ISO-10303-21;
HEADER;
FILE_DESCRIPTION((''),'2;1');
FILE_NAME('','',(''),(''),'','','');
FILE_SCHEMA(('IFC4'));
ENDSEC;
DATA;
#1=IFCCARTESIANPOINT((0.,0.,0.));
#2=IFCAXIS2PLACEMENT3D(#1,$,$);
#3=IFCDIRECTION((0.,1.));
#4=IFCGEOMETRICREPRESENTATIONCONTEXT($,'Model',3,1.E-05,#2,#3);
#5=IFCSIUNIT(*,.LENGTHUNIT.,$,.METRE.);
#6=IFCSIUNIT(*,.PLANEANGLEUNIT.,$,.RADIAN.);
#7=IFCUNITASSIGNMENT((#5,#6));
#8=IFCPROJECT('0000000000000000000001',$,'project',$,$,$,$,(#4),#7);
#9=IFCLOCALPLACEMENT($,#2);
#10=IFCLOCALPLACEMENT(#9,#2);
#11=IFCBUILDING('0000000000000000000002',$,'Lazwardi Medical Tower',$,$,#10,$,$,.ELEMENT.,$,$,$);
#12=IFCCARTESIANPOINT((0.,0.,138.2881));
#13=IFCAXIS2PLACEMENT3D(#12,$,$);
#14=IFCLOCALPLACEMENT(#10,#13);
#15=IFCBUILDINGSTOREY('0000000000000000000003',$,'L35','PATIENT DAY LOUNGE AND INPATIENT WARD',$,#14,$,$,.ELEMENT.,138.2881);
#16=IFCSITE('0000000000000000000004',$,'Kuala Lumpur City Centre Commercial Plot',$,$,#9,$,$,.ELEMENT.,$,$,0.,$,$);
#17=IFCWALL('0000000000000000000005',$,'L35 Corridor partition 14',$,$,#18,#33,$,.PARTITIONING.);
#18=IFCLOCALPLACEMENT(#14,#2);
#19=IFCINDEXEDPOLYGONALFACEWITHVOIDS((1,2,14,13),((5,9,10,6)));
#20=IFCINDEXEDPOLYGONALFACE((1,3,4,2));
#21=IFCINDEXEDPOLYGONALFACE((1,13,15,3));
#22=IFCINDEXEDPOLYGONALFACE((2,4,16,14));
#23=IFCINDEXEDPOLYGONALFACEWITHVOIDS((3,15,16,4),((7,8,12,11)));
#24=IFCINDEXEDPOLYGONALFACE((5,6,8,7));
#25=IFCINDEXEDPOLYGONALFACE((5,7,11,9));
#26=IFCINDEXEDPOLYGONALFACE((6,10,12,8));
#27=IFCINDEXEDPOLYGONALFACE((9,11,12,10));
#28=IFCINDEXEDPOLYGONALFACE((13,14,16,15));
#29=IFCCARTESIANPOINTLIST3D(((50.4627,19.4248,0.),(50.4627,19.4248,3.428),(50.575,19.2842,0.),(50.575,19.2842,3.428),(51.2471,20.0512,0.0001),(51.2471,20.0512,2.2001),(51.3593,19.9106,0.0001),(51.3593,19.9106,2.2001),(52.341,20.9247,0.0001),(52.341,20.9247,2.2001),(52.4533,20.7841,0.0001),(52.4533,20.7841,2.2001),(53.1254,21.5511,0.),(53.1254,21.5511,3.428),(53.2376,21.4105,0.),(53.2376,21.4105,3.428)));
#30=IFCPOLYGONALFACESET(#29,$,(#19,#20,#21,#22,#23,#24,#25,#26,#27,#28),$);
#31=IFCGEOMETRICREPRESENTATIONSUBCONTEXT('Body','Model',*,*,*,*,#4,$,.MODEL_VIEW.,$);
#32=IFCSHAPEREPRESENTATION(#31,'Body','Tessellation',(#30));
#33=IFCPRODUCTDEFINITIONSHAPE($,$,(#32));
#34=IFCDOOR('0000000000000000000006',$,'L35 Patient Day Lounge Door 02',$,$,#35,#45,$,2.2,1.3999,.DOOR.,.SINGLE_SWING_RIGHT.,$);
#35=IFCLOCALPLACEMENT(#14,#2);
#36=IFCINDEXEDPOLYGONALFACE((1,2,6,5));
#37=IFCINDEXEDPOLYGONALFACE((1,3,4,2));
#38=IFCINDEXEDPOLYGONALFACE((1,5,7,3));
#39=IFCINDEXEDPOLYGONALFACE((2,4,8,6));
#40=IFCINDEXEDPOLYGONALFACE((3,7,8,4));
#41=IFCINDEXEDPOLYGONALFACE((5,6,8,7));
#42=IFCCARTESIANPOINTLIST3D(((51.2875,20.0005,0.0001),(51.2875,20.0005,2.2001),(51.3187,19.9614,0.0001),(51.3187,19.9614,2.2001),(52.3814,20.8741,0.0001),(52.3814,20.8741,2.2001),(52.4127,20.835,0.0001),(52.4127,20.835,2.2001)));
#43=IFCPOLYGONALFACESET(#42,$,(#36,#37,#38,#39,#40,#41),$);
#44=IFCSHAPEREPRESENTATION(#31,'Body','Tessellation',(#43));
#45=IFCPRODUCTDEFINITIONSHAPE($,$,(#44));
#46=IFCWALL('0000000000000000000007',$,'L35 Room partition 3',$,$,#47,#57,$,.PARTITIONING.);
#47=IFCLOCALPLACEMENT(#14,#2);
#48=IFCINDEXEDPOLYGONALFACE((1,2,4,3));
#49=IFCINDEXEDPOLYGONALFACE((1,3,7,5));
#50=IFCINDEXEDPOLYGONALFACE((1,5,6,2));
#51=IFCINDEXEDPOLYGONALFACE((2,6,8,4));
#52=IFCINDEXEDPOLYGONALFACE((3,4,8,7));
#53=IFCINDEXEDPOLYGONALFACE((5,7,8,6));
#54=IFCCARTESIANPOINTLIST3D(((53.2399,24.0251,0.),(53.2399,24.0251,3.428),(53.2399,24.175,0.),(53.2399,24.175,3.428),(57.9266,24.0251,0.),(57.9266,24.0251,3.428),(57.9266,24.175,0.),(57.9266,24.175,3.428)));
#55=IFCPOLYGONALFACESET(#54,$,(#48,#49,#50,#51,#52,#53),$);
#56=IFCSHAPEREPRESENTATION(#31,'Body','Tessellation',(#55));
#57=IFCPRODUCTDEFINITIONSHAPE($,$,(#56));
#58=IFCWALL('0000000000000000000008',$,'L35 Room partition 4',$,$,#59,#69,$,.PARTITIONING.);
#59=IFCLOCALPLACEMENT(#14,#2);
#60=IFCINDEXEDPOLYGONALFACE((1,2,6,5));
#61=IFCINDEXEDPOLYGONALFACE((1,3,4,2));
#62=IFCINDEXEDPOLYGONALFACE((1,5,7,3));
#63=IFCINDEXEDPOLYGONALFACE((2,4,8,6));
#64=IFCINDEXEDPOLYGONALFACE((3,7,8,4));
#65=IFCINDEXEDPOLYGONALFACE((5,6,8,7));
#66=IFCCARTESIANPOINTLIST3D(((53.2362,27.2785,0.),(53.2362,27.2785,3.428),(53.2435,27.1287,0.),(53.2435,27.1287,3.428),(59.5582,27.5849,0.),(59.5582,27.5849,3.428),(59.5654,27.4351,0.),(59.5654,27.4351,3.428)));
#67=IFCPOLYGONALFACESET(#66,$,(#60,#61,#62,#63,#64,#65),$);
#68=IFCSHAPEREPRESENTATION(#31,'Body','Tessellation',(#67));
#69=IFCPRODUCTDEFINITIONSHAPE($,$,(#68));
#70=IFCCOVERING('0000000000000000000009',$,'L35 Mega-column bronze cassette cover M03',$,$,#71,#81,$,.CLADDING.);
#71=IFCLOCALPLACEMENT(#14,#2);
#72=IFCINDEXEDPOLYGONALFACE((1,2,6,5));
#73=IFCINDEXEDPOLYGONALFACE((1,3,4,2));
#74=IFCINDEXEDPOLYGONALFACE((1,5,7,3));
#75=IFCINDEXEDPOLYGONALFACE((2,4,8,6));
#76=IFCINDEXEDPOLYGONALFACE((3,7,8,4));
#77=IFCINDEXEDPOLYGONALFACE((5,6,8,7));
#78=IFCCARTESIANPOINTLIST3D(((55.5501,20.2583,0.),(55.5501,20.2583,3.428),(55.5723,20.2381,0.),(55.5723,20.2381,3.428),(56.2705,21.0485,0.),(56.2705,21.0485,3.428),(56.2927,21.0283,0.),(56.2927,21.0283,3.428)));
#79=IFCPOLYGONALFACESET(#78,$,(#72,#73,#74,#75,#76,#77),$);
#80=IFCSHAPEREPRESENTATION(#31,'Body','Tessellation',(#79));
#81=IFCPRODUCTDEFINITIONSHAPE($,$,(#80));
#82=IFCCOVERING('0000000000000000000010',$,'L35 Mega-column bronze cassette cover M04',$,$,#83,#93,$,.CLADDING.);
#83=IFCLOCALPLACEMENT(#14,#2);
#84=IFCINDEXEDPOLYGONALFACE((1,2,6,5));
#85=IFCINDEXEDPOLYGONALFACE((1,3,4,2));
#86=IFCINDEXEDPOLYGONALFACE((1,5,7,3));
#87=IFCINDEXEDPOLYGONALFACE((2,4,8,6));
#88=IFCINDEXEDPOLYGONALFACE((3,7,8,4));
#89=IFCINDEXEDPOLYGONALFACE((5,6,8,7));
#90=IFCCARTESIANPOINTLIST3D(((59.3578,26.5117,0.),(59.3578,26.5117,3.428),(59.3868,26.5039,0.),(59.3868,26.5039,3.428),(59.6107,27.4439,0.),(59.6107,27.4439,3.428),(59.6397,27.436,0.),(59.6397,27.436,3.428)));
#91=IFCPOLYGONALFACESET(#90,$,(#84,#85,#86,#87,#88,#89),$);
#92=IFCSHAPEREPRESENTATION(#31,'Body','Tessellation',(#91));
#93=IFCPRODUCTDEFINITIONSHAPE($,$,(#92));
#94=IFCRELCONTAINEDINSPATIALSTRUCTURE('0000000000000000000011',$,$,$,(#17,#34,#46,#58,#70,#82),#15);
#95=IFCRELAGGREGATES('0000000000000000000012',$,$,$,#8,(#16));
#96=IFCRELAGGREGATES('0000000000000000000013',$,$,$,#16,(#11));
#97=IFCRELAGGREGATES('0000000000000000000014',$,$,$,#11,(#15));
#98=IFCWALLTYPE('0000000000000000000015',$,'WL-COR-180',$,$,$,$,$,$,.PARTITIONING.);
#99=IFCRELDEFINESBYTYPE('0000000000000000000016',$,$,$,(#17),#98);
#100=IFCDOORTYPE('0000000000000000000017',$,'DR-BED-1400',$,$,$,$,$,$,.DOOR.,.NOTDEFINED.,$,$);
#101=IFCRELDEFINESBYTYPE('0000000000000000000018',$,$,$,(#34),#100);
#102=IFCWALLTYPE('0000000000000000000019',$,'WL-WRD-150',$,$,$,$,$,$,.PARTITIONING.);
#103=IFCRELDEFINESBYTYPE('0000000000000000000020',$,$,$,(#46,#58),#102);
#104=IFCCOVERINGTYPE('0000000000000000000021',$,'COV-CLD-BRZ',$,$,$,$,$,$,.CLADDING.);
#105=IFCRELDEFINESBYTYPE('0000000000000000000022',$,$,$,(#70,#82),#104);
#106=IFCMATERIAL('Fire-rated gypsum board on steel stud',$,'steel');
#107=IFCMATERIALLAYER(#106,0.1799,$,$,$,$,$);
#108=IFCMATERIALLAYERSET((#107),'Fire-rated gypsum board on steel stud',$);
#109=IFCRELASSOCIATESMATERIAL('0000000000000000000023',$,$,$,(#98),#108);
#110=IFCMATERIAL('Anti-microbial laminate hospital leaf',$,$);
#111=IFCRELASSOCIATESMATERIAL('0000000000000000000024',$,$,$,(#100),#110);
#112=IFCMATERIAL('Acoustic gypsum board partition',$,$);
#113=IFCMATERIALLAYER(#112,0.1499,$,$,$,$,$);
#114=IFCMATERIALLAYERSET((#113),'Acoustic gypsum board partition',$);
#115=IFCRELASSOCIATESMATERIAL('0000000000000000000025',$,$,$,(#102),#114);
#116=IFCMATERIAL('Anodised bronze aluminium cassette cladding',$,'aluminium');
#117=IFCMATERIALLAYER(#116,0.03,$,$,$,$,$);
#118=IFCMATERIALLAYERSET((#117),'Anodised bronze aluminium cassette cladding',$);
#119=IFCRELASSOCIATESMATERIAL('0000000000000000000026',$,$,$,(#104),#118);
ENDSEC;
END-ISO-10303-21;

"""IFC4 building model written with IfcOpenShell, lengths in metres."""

from ifc_helpers import new_model, si_unit, direction, frame, frame_2d, origin, origin_2d, place, context, subcontext, project, spatial, rectangle, extrude, material, layer, layer_set, type_object, element, fill, save


model = new_model("IFC4")

# Units and contexts
model_context = context("Model", 3, precision=1e-05, world=origin(), true_north=direction((0.0, 1.0)))
body_context = subcontext(model_context, "Body", "Model", "MODEL_VIEW")
ifc_project = project(units=[si_unit("LENGTHUNIT", "METRE"), si_unit("PLANEANGLEUNIT", "RADIAN")], contexts=[model_context])

# Site, building, storey
site_placement = place(None, origin())
site = spatial("IfcSite", under=ifc_project, at=site_placement, Name="Kuala Lumpur City Centre Commercial Plot", CompositionType="ELEMENT", RefElevation=0.0)
building_placement = place(site_placement, origin())
building = spatial("IfcBuilding", under=site, at=building_placement, Name="Lazwardi Medical Tower", CompositionType="ELEMENT")
storey_placement = place(building_placement, frame((0.0, 0.0, 138.2881)))
storey = spatial("IfcBuildingStorey", under=building, at=storey_placement, Name="L35", Description="PATIENT DAY LOUNGE AND INPATIENT WARD", CompositionType="ELEMENT", Elevation=138.2881)

# Wall, opening, door
ifc_material_1 = material(Name="Fire-rated gypsum board on steel stud", Category="steel")
ifc_layer_1 = layer(ifc_material_1, 0.1799)
ifc_layer_set_1 = layer_set([ifc_layer_1], Name="Fire-rated gypsum board on steel stud")
wall_type_1 = type_object("IfcWallType", Name="WL-COR-180", PredefinedType="PARTITIONING", material=ifc_layer_set_1)
wall_1_placement = place(storey_placement, frame((53.1814, 21.4807, 0.0), z_axis=(0.0, 0.0, 1.0), x_axis=(-0.781421, -0.624005, 0.0)))
wall_1 = element("IfcWall", 1, at=wall_1_placement, inside=storey, type_object=wall_type_1, Name="L35 Corridor partition 14", PredefinedType="PARTITIONING", context=body_context, shape_type="SweptSolid", body=[
    extrude(rectangle(XDim=3.4075, YDim=0.1799, at=frame_2d((1.7036, 0.0))), origin(), (0.0, 0.0, 1.0), 3.428),
])
opening_placement = place(wall_1_placement, frame((1.0037, 0.0, 0.0)))
opening = element("IfcOpeningElement", 2, at=opening_placement, cuts=wall_1, PredefinedType="OPENING", context=body_context, shape_type="SweptSolid", body=[
    extrude(rectangle(XDim=1.3999, YDim=2.2, at=frame_2d((0.7, 1.1001))), frame((0.0, 0.0999, 0.0), z_axis=(0.0, -1.0, 0.0), x_axis=(1.0, 0.0, 0.0)), (0.0, 0.0, 1.0), 0.2),
])
ifc_material_2 = material(Name="Anti-microbial laminate hospital leaf")
door_type = type_object("IfcDoorType", Name="DR-BED-1400", OperationType="NOTDEFINED", PredefinedType="DOOR", material=ifc_material_2)
door_placement = place(opening_placement, origin())
door = element("IfcDoor", 3, at=door_placement, inside=storey, type_object=door_type, Name="L35 Patient Day Lounge Door 02", OperationType="SINGLE_SWING_RIGHT", OverallHeight=2.2, OverallWidth=1.3999, PredefinedType="DOOR", context=body_context, shape_type="SweptSolid", body=[
    extrude(rectangle(XDim=1.3999, YDim=2.2, at=frame_2d((0.7, 1.1001))), frame((0.0, 0.0249, 0.0), z_axis=(0.0, -1.0, 0.0), x_axis=(1.0, 0.0, 0.0)), (0.0, 0.0, 1.0), 0.05),
])
fill(opening, door)

# Walls
ifc_material_3 = material(Name="Acoustic gypsum board partition")
ifc_layer_2 = layer(ifc_material_3, 0.1499)
ifc_layer_set_2 = layer_set([ifc_layer_2], Name="Acoustic gypsum board partition")
wall_type_2 = type_object("IfcWallType", Name="WL-WRD-150", PredefinedType="PARTITIONING", material=ifc_layer_set_2)
wall_2_placement = place(storey_placement, frame((53.24, 24.1001, 0.0), z_axis=(0.0, 0.0, 1.0), x_axis=(1.0, 0.0, 0.0)))
element("IfcWall", 4, at=wall_2_placement, inside=storey, type_object=wall_type_2, Name="L35 Room partition 3", PredefinedType="PARTITIONING", context=body_context, shape_type="SweptSolid", body=[
    extrude(rectangle(XDim=4.6868, YDim=0.1499, at=frame_2d((2.3433, 0.0))), origin(), (0.0, 0.0, 1.0), 3.428),
])
wall_3_placement = place(storey_placement, frame((53.24, 27.2036, 0.0), z_axis=(0.0, 0.0, 1.0), x_axis=(0.998828, 0.048408, 0.0)))
element("IfcWall", 5, at=wall_3_placement, inside=storey, type_object=wall_type_2, Name="L35 Room partition 4", PredefinedType="PARTITIONING", context=body_context, shape_type="SweptSolid", body=[
    extrude(rectangle(XDim=6.3293, YDim=0.1499, at=frame_2d((3.1646, 0.0))), origin(), (0.0, 0.0, 1.0), 3.428),
])

# Coverings
ifc_material_4 = material(Name="Anodised bronze aluminium cassette cladding", Category="aluminium")
ifc_layer_3 = layer(ifc_material_4, 0.03)
ifc_layer_set_3 = layer_set([ifc_layer_3], Name="Anodised bronze aluminium cassette cladding")
covering_type = type_object("IfcCoveringType", Name="COV-CLD-BRZ", PredefinedType="CLADDING", material=ifc_layer_set_3)
covering_1_placement = place(storey_placement, frame((55.9214, 20.6433, 0.0), z_axis=(0.0, 0.0, 1.0), x_axis=(0.673714, 0.738992, 0.0)))
element("IfcCovering", 6, at=covering_1_placement, inside=storey, type_object=covering_type, Name="L35 Mega-column bronze cassette cover M03", PredefinedType="CLADDING", context=body_context, shape_type="SweptSolid", body=[
    extrude(rectangle(XDim=1.0693, YDim=0.03, at=origin_2d()), origin(), (0.0, 0.0, 1.0), 3.428),
])
covering_2_placement = place(storey_placement, frame((59.4988, 26.9739, 0.0), z_axis=(0.0, 0.0, 1.0), x_axis=(0.261829, 0.965114, 0.0)))
element("IfcCovering", 7, at=covering_2_placement, inside=storey, type_object=covering_type, Name="L35 Mega-column bronze cassette cover M04", PredefinedType="CLADDING", context=body_context, shape_type="SweptSolid", body=[
    extrude(rectangle(XDim=0.9658, YDim=0.03, at=origin_2d()), origin(), (0.0, 0.0, 1.0), 3.428),
])

save(model, "model.ifc")
